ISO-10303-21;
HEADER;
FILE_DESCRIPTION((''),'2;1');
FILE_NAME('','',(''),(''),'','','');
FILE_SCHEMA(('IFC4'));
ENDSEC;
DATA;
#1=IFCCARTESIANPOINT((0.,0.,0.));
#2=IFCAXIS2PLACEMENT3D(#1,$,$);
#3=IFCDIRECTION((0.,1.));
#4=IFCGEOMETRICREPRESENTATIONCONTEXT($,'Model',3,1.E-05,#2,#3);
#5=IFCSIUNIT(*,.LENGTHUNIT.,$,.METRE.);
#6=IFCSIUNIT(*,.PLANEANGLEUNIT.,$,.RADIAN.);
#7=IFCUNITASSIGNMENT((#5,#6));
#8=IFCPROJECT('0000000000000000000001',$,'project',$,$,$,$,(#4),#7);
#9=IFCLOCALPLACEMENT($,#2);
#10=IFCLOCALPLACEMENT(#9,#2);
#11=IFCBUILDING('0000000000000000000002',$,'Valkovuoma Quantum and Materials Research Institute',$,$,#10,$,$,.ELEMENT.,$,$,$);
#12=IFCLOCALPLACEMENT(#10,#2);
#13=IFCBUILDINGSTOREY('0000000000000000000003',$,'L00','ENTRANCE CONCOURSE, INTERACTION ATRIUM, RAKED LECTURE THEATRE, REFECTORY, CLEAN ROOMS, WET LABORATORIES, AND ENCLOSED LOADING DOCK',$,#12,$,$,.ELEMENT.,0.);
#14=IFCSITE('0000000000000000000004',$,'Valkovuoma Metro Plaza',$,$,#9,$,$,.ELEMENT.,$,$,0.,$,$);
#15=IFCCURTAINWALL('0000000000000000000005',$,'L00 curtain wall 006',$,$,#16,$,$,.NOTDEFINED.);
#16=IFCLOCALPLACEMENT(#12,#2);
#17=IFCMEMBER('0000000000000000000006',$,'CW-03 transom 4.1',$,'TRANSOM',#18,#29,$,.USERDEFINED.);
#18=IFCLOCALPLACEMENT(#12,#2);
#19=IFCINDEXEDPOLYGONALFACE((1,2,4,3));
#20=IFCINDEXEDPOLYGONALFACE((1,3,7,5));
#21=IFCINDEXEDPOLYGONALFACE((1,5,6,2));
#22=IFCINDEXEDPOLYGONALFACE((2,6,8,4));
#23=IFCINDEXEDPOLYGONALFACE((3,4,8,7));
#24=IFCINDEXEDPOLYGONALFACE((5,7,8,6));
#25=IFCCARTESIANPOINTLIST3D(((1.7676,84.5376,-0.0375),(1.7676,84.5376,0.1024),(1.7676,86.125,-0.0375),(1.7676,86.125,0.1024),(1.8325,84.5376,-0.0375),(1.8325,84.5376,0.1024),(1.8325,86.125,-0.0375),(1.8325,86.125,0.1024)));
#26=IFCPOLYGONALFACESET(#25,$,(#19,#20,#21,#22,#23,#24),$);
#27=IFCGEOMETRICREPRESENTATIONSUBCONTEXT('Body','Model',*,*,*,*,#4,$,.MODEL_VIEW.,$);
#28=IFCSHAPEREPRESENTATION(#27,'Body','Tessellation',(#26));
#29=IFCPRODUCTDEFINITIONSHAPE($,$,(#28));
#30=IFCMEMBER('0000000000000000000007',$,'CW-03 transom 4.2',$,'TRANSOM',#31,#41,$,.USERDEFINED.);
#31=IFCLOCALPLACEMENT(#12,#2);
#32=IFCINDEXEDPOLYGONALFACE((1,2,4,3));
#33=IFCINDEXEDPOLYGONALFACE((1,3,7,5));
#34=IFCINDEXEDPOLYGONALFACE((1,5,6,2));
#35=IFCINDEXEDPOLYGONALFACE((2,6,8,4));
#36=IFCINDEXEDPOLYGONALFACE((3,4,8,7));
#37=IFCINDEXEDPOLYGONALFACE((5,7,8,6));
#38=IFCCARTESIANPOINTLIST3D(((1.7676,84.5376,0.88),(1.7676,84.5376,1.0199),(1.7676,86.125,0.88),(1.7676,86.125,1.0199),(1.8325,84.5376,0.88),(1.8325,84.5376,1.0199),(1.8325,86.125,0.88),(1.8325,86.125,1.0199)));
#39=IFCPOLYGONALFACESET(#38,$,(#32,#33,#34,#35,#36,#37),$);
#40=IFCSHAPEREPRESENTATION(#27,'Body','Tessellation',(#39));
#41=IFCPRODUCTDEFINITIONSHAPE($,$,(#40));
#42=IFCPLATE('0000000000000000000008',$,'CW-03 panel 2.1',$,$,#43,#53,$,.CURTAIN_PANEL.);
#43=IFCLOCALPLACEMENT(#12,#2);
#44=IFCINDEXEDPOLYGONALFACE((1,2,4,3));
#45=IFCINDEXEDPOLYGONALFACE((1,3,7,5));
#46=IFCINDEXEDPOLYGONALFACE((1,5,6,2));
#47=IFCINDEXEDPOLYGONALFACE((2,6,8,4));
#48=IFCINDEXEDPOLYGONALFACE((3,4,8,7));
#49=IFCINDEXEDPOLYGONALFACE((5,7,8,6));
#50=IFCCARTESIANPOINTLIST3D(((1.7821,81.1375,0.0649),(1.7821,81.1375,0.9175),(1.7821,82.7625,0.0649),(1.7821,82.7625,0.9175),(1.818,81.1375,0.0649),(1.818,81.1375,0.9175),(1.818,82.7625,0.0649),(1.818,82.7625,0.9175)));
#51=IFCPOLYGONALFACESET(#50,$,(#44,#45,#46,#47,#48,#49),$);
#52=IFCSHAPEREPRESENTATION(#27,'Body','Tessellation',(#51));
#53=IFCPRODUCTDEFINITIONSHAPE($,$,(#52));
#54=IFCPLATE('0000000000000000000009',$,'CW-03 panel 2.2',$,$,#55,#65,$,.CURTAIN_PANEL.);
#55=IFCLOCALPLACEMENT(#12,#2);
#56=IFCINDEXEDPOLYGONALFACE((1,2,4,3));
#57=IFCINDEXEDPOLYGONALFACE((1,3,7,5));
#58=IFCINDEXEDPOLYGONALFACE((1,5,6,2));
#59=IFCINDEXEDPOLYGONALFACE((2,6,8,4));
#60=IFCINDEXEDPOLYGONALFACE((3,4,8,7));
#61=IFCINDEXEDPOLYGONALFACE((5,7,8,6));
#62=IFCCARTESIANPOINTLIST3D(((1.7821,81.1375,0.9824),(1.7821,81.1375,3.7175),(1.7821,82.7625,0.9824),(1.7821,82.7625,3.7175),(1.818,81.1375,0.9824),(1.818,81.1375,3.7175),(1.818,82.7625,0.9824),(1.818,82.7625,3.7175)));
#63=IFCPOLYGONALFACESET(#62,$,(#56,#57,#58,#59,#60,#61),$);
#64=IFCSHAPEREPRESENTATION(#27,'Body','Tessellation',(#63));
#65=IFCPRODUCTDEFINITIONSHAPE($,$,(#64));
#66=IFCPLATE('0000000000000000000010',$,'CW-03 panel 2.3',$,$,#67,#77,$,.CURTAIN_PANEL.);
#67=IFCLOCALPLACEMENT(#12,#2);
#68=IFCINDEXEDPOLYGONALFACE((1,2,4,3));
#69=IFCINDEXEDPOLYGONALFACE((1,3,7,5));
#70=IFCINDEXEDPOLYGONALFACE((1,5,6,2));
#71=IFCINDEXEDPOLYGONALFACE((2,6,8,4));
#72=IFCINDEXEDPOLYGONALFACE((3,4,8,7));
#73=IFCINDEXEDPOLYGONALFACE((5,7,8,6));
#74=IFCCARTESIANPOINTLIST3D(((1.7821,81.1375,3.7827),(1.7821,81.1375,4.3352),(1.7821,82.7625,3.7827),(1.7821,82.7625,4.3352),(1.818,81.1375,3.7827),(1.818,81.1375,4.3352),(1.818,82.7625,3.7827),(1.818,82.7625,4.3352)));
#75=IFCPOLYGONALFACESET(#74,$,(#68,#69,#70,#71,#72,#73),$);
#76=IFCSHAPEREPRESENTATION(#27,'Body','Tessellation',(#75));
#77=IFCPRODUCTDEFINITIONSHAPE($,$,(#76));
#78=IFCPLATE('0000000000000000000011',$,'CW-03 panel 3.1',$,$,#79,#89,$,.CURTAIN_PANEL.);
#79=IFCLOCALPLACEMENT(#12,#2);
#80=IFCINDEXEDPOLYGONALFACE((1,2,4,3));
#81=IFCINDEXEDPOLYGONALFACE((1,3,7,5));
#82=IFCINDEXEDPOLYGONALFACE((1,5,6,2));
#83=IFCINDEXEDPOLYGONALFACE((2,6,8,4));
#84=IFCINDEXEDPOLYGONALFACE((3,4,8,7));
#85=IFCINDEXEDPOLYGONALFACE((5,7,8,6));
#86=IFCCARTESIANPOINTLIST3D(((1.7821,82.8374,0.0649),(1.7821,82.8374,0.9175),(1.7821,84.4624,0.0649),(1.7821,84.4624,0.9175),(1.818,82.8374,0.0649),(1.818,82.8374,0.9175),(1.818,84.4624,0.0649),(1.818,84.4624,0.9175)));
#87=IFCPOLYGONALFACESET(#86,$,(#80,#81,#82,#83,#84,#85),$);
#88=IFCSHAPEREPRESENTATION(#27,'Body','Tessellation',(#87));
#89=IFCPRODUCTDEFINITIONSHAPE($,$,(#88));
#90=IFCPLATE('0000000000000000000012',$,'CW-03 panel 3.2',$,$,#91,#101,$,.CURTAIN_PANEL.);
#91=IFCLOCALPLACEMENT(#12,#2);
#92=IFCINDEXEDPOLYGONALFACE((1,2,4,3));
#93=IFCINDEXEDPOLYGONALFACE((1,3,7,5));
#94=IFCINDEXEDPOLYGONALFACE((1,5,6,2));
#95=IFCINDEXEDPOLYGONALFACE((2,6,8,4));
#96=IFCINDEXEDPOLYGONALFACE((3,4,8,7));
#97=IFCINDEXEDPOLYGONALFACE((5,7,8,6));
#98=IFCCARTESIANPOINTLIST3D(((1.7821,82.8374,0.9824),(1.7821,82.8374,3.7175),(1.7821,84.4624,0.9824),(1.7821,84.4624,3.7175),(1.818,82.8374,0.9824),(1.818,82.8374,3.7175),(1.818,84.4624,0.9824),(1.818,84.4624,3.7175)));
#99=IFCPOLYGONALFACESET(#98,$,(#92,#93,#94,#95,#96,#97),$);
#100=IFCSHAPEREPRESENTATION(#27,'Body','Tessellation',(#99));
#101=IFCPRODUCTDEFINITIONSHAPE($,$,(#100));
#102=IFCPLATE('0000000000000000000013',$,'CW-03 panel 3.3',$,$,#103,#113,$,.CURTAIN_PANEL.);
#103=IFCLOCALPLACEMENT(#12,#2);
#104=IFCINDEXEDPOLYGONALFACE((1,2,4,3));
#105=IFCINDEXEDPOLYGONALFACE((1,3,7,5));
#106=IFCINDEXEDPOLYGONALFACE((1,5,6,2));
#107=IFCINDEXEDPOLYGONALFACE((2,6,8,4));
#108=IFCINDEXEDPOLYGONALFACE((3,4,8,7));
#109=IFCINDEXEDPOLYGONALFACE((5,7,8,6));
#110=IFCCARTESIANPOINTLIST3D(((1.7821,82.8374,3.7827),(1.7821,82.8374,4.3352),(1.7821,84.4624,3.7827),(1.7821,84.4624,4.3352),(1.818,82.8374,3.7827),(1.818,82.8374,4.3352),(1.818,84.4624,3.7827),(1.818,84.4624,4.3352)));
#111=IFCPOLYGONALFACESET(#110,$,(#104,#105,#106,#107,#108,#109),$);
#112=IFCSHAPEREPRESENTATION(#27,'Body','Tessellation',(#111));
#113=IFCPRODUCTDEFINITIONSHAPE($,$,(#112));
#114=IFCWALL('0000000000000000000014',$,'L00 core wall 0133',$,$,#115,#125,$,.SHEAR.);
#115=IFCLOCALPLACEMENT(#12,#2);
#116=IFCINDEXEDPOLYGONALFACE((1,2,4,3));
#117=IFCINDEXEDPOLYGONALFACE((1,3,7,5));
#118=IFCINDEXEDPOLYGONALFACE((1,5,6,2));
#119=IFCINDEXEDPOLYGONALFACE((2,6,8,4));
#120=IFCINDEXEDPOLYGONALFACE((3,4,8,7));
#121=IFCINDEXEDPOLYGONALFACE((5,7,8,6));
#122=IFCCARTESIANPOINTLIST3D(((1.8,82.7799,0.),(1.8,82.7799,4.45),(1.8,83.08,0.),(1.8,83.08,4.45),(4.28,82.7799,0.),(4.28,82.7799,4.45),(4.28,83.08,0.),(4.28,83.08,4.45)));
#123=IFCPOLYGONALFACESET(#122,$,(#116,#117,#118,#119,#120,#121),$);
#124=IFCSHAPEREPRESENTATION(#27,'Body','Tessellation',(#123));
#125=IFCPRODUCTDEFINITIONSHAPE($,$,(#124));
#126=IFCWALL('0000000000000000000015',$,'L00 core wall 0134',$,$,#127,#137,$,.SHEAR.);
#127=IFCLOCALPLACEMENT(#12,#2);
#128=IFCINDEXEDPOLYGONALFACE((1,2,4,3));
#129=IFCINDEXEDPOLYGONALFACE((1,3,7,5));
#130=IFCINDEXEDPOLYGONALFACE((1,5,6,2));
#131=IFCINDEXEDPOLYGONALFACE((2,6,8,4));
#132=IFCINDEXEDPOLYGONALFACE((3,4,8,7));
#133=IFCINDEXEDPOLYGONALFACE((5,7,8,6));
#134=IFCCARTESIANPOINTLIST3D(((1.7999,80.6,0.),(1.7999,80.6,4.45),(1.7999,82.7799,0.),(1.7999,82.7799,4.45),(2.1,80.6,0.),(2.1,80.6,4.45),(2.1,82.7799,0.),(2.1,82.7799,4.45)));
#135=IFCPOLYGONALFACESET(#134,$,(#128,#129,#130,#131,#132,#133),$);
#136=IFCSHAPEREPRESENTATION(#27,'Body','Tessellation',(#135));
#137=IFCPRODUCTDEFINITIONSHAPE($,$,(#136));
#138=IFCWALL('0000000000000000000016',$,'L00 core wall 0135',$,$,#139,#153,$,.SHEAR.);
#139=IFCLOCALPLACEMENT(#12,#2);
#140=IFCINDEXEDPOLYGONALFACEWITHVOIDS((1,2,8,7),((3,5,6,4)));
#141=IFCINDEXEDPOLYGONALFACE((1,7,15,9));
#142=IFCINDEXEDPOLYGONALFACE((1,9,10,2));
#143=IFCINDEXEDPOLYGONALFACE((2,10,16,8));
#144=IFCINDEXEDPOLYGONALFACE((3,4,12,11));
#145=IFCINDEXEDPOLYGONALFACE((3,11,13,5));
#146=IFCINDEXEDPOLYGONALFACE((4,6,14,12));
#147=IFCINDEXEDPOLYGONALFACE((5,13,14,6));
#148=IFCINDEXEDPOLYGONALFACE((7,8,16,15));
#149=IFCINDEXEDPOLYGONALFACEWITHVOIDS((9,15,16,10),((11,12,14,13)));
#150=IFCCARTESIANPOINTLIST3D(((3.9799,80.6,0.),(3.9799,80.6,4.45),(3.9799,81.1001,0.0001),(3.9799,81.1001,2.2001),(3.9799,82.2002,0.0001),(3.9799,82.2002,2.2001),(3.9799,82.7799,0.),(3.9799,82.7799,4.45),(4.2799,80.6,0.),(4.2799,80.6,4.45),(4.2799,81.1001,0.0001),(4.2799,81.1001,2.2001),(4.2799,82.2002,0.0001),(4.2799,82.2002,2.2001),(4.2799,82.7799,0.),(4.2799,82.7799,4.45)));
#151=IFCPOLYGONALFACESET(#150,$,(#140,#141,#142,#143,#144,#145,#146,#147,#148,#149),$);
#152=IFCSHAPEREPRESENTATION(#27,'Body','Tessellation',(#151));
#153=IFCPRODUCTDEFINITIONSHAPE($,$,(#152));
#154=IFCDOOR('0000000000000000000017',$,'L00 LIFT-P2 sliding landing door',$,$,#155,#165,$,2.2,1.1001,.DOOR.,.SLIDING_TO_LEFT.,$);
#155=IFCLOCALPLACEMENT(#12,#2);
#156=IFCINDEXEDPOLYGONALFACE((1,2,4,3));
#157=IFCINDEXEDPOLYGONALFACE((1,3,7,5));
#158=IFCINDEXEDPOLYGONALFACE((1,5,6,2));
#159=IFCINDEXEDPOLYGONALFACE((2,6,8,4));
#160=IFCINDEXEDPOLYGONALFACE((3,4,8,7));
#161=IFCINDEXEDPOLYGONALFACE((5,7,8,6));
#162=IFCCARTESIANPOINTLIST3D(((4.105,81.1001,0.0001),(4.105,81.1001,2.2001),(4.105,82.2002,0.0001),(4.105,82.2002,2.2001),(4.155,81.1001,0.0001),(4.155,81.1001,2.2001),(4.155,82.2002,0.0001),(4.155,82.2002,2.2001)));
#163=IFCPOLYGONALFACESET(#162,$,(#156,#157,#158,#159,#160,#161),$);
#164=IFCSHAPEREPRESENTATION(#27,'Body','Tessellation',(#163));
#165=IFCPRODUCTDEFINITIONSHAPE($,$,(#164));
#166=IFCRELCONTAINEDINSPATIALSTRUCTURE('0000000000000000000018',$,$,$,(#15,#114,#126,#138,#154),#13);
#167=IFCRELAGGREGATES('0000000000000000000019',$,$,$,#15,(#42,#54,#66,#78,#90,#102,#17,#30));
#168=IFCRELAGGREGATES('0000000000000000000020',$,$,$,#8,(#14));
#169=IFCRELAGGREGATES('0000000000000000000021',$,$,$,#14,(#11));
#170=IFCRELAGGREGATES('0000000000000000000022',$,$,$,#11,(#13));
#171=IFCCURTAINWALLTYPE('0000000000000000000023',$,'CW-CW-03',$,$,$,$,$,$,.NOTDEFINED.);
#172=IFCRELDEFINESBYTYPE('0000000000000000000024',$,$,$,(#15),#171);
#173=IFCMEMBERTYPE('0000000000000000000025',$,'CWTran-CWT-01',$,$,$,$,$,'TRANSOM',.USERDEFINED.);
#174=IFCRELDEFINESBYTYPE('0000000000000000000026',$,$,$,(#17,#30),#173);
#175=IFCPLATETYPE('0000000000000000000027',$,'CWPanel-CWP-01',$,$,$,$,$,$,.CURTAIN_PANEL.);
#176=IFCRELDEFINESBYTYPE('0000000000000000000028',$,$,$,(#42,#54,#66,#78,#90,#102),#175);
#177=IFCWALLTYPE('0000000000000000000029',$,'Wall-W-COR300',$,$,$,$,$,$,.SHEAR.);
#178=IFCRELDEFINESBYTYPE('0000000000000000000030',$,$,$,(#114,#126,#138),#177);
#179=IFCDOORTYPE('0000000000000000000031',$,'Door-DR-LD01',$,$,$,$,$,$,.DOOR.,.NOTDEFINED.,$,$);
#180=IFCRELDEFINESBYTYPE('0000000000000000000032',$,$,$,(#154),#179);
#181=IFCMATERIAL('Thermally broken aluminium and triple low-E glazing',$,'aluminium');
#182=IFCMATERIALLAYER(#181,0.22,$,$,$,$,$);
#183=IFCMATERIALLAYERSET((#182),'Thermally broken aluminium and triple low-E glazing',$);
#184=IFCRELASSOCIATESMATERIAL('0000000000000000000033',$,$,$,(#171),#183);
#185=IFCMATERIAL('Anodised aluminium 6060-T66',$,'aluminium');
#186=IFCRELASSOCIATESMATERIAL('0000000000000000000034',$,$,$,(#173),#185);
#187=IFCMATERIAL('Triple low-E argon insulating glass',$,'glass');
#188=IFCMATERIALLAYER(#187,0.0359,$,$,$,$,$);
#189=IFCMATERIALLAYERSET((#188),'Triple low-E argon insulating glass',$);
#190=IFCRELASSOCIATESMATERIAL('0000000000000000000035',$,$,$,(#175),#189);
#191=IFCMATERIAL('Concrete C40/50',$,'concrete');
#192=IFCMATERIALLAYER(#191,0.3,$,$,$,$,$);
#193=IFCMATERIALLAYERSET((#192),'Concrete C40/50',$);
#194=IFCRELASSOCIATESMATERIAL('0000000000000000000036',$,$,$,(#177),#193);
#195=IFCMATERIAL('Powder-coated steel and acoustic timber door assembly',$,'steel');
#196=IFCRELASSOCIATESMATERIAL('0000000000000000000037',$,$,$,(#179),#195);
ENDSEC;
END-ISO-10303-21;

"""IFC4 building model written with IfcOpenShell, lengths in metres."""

from ifc_helpers import new_model, si_unit, direction, frame, frame_2d, origin, origin_2d, place, context, subcontext, project, spatial, rectangle, extrude, material, layer, layer_set, material_profile, profile_set, type_object, element, fill, aggregate, save


model = new_model("IFC4")

# Units and contexts
model_context = context("Model", 3, precision=1e-05, world=origin(), true_north=direction((0.0, 1.0)))
body_context = subcontext(model_context, "Body", "Model", "MODEL_VIEW")
ifc_project = project(units=[si_unit("LENGTHUNIT", "METRE"), si_unit("PLANEANGLEUNIT", "RADIAN")], contexts=[model_context])

# Site, building, storey
site_placement = place(None, origin())
site = spatial("IfcSite", under=ifc_project, at=site_placement, Name="Valkovuoma Metro Plaza", CompositionType="ELEMENT", RefElevation=0.0)
building_placement = place(site_placement, origin())
building = spatial("IfcBuilding", under=site, at=building_placement, Name="Valkovuoma Quantum and Materials Research Institute", CompositionType="ELEMENT")
storey_placement = place(building_placement, origin())
storey = spatial("IfcBuildingStorey", under=building, at=storey_placement, Name="L00", Description="ENTRANCE CONCOURSE, INTERACTION ATRIUM, RAKED LECTURE THEATRE, REFECTORY, CLEAN ROOMS, WET LABORATORIES, AND ENCLOSED LOADING DOCK", CompositionType="ELEMENT", Elevation=0.0)

# Curtain wall, members, plates
ifc_material_1 = material(Name="Thermally broken aluminium and triple low-E glazing", Category="aluminium")
ifc_layer_1 = layer(ifc_material_1, 0.22)
ifc_layer_set_1 = layer_set([ifc_layer_1], Name="Thermally broken aluminium and triple low-E glazing")
curtain_wall_type = type_object("IfcCurtainWallType", Name="CW-CW-03", PredefinedType="NOTDEFINED", material=ifc_layer_set_1)
curtain_wall_placement = place(storey_placement, origin())
curtain_wall = element("IfcCurtainWall", 1, at=curtain_wall_placement, inside=storey, type_object=curtain_wall_type, Name="L00 curtain wall 006", PredefinedType="NOTDEFINED")
ifc_material_2 = material(Name="Anodised aluminium 6060-T66", Category="aluminium")
ifc_material_profile_1 = material_profile(ifc_material_2, rectangle(XDim=0.0649, YDim=0.1399, at=origin_2d()), Name="Anodised aluminium 6060-T66")
ifc_profile_set_1 = profile_set([ifc_material_profile_1], Name="Anodised aluminium 6060-T66")
member_type_1 = type_object("IfcMemberType", Name="CWTran-CWT-01", ElementType="TRANSOM", PredefinedType="USERDEFINED", material=ifc_profile_set_1)
member_1_placement = place(storey_placement, frame((1.8, 84.5376, 0.0325), z_axis=(0.0, 1.0, 0.0), x_axis=(-1.0, 0.0, 0.0)))
member_1 = element("IfcMember", 2, at=member_1_placement, type_object=member_type_1, Name="CW-03 transom 4.1", ObjectType="TRANSOM", PredefinedType="USERDEFINED", context=body_context, shape_type="SweptSolid", body=[
    extrude(rectangle(XDim=0.0649, YDim=0.1399, at=origin_2d()), origin(), (0.0, 0.0, 1.0), 1.5874),
])
member_2_placement = place(storey_placement, frame((1.8, 84.5376, 0.95), z_axis=(0.0, 1.0, 0.0), x_axis=(-1.0, 0.0, 0.0)))
member_2 = element("IfcMember", 3, at=member_2_placement, type_object=member_type_1, Name="CW-03 transom 4.2", ObjectType="TRANSOM", PredefinedType="USERDEFINED", context=body_context, shape_type="SweptSolid", body=[
    extrude(rectangle(XDim=0.0649, YDim=0.1399, at=origin_2d()), origin(), (0.0, 0.0, 1.0), 1.5874),
])
ifc_material_3 = material(Name="Triple low-E argon insulating glass", Category="glass")
ifc_layer_2 = layer(ifc_material_3, 0.0359)
ifc_layer_set_2 = layer_set([ifc_layer_2], Name="Triple low-E argon insulating glass")
plate_type = type_object("IfcPlateType", Name="CWPanel-CWP-01", PredefinedType="CURTAIN_PANEL", material=ifc_layer_set_2)
plate_1_placement = place(storey_placement, frame((1.8, 81.95, 0.0649), z_axis=(0.0, 0.0, 1.0), x_axis=(0.0, 1.0, 0.0)))
plate_1 = element("IfcPlate", 4, at=plate_1_placement, type_object=plate_type, Name="CW-03 panel 2.1", PredefinedType="CURTAIN_PANEL", context=body_context, shape_type="SweptSolid", body=[
    extrude(rectangle(XDim=1.625, YDim=0.0359, at=origin_2d()), origin(), (0.0, 0.0, 1.0), 0.8525),
])
plate_2_placement = place(storey_placement, frame((1.8, 81.95, 0.9824), z_axis=(0.0, 0.0, 1.0), x_axis=(0.0, 1.0, 0.0)))
plate_2 = element("IfcPlate", 5, at=plate_2_placement, type_object=plate_type, Name="CW-03 panel 2.2", PredefinedType="CURTAIN_PANEL", context=body_context, shape_type="SweptSolid", body=[
    extrude(rectangle(XDim=1.625, YDim=0.0359, at=origin_2d()), origin(), (0.0, 0.0, 1.0), 2.7351),
])
plate_3_placement = place(storey_placement, frame((1.8, 81.95, 3.7827), z_axis=(0.0, 0.0, 1.0), x_axis=(0.0, 1.0, 0.0)))
plate_3 = element("IfcPlate", 6, at=plate_3_placement, type_object=plate_type, Name="CW-03 panel 2.3", PredefinedType="CURTAIN_PANEL", context=body_context, shape_type="SweptSolid", body=[
    extrude(rectangle(XDim=1.625, YDim=0.0359, at=origin_2d()), origin(), (0.0, 0.0, 1.0), 0.5525),
])
plate_4_placement = place(storey_placement, frame((1.8, 83.6499, 0.0649), z_axis=(0.0, 0.0, 1.0), x_axis=(0.0, 1.0, 0.0)))
plate_4 = element("IfcPlate", 7, at=plate_4_placement, type_object=plate_type, Name="CW-03 panel 3.1", PredefinedType="CURTAIN_PANEL", context=body_context, shape_type="SweptSolid", body=[
    extrude(rectangle(XDim=1.625, YDim=0.0359, at=origin_2d()), origin(), (0.0, 0.0, 1.0), 0.8525),
])
plate_5_placement = place(storey_placement, frame((1.8, 83.6499, 0.9824), z_axis=(0.0, 0.0, 1.0), x_axis=(0.0, 1.0, 0.0)))
plate_5 = element("IfcPlate", 8, at=plate_5_placement, type_object=plate_type, Name="CW-03 panel 3.2", PredefinedType="CURTAIN_PANEL", context=body_context, shape_type="SweptSolid", body=[
    extrude(rectangle(XDim=1.625, YDim=0.0359, at=origin_2d()), origin(), (0.0, 0.0, 1.0), 2.7351),
])
plate_6_placement = place(storey_placement, frame((1.8, 83.6499, 3.7827), z_axis=(0.0, 0.0, 1.0), x_axis=(0.0, 1.0, 0.0)))
plate_6 = element("IfcPlate", 9, at=plate_6_placement, type_object=plate_type, Name="CW-03 panel 3.3", PredefinedType="CURTAIN_PANEL", context=body_context, shape_type="SweptSolid", body=[
    extrude(rectangle(XDim=1.625, YDim=0.0359, at=origin_2d()), origin(), (0.0, 0.0, 1.0), 0.5525),
])
aggregate(curtain_wall, [plate_1, plate_2, plate_3, plate_4, plate_5, plate_6, member_1, member_2])

# Walls
ifc_material_4 = material(Name="Concrete C40/50", Category="concrete")
ifc_layer_3 = layer(ifc_material_4, 0.3)
ifc_layer_set_3 = layer_set([ifc_layer_3], Name="Concrete C40/50")
wall_type = type_object("IfcWallType", Name="Wall-W-COR300", PredefinedType="SHEAR", material=ifc_layer_set_3)
wall_1_placement = place(storey_placement, frame((1.8, 82.9299, 0.0), z_axis=(0.0, 0.0, 1.0), x_axis=(1.0, 0.0, 0.0)))
element("IfcWall", 10, at=wall_1_placement, inside=storey, type_object=wall_type, Name="L00 core wall 0133", PredefinedType="SHEAR", context=body_context, shape_type="SweptSolid", body=[
    extrude(rectangle(XDim=2.48, YDim=0.3, at=frame_2d((1.24, 0.0))), origin(), (0.0, 0.0, 1.0), 4.45),
])
wall_2_placement = place(storey_placement, frame((1.95, 80.6001, 0.0), z_axis=(0.0, 0.0, 1.0), x_axis=(0.0, 1.0, 0.0)))
element("IfcWall", 11, at=wall_2_placement, inside=storey, type_object=wall_type, Name="L00 core wall 0134", PredefinedType="SHEAR", context=body_context, shape_type="SweptSolid", body=[
    extrude(rectangle(XDim=2.1799, YDim=0.3, at=frame_2d((1.0898, 0.0))), origin(), (0.0, 0.0, 1.0), 4.45),
])

# Wall, opening, door
wall_3_placement = place(storey_placement, frame((4.1299, 80.6001, 0.0), z_axis=(0.0, 0.0, 1.0), x_axis=(0.0, 1.0, 0.0)))
wall_3 = element("IfcWall", 12, at=wall_3_placement, inside=storey, type_object=wall_type, Name="L00 core wall 0135", PredefinedType="SHEAR", context=body_context, shape_type="SweptSolid", body=[
    extrude(rectangle(XDim=2.1799, YDim=0.3, at=frame_2d((1.0898, 0.0))), origin(), (0.0, 0.0, 1.0), 4.45),
])
opening_placement = place(wall_3_placement, frame((0.5, 0.0, 0.0)))
opening = element("IfcOpeningElement", 13, at=opening_placement, cuts=wall_3, PredefinedType="OPENING", context=body_context, shape_type="SweptSolid", body=[
    extrude(rectangle(XDim=1.1001, YDim=2.2, at=frame_2d((0.55, 1.1001))), frame((0.0, 0.1602, 0.0), z_axis=(0.0, -1.0, 0.0), x_axis=(1.0, 0.0, 0.0)), (0.0, 0.0, 1.0), 0.3201),
])
ifc_material_5 = material(Name="Powder-coated steel and acoustic timber door assembly", Category="steel")
door_type = type_object("IfcDoorType", Name="Door-DR-LD01", OperationType="NOTDEFINED", PredefinedType="DOOR", material=ifc_material_5)
door_placement = place(opening_placement, origin())
door = element("IfcDoor", 14, at=door_placement, inside=storey, type_object=door_type, Name="L00 LIFT-P2 sliding landing door", OperationType="SLIDING_TO_LEFT", OverallHeight=2.2, OverallWidth=1.1001, PredefinedType="DOOR", context=body_context, shape_type="SweptSolid", body=[
    extrude(rectangle(XDim=1.1001, YDim=2.2, at=frame_2d((0.55, 1.1001))), frame((0.0, 0.0249, 0.0), z_axis=(0.0, -1.0, 0.0), x_axis=(1.0, 0.0, 0.0)), (0.0, 0.0, 1.0), 0.05),
])
fill(opening, door)

save(model, "model.ifc")
